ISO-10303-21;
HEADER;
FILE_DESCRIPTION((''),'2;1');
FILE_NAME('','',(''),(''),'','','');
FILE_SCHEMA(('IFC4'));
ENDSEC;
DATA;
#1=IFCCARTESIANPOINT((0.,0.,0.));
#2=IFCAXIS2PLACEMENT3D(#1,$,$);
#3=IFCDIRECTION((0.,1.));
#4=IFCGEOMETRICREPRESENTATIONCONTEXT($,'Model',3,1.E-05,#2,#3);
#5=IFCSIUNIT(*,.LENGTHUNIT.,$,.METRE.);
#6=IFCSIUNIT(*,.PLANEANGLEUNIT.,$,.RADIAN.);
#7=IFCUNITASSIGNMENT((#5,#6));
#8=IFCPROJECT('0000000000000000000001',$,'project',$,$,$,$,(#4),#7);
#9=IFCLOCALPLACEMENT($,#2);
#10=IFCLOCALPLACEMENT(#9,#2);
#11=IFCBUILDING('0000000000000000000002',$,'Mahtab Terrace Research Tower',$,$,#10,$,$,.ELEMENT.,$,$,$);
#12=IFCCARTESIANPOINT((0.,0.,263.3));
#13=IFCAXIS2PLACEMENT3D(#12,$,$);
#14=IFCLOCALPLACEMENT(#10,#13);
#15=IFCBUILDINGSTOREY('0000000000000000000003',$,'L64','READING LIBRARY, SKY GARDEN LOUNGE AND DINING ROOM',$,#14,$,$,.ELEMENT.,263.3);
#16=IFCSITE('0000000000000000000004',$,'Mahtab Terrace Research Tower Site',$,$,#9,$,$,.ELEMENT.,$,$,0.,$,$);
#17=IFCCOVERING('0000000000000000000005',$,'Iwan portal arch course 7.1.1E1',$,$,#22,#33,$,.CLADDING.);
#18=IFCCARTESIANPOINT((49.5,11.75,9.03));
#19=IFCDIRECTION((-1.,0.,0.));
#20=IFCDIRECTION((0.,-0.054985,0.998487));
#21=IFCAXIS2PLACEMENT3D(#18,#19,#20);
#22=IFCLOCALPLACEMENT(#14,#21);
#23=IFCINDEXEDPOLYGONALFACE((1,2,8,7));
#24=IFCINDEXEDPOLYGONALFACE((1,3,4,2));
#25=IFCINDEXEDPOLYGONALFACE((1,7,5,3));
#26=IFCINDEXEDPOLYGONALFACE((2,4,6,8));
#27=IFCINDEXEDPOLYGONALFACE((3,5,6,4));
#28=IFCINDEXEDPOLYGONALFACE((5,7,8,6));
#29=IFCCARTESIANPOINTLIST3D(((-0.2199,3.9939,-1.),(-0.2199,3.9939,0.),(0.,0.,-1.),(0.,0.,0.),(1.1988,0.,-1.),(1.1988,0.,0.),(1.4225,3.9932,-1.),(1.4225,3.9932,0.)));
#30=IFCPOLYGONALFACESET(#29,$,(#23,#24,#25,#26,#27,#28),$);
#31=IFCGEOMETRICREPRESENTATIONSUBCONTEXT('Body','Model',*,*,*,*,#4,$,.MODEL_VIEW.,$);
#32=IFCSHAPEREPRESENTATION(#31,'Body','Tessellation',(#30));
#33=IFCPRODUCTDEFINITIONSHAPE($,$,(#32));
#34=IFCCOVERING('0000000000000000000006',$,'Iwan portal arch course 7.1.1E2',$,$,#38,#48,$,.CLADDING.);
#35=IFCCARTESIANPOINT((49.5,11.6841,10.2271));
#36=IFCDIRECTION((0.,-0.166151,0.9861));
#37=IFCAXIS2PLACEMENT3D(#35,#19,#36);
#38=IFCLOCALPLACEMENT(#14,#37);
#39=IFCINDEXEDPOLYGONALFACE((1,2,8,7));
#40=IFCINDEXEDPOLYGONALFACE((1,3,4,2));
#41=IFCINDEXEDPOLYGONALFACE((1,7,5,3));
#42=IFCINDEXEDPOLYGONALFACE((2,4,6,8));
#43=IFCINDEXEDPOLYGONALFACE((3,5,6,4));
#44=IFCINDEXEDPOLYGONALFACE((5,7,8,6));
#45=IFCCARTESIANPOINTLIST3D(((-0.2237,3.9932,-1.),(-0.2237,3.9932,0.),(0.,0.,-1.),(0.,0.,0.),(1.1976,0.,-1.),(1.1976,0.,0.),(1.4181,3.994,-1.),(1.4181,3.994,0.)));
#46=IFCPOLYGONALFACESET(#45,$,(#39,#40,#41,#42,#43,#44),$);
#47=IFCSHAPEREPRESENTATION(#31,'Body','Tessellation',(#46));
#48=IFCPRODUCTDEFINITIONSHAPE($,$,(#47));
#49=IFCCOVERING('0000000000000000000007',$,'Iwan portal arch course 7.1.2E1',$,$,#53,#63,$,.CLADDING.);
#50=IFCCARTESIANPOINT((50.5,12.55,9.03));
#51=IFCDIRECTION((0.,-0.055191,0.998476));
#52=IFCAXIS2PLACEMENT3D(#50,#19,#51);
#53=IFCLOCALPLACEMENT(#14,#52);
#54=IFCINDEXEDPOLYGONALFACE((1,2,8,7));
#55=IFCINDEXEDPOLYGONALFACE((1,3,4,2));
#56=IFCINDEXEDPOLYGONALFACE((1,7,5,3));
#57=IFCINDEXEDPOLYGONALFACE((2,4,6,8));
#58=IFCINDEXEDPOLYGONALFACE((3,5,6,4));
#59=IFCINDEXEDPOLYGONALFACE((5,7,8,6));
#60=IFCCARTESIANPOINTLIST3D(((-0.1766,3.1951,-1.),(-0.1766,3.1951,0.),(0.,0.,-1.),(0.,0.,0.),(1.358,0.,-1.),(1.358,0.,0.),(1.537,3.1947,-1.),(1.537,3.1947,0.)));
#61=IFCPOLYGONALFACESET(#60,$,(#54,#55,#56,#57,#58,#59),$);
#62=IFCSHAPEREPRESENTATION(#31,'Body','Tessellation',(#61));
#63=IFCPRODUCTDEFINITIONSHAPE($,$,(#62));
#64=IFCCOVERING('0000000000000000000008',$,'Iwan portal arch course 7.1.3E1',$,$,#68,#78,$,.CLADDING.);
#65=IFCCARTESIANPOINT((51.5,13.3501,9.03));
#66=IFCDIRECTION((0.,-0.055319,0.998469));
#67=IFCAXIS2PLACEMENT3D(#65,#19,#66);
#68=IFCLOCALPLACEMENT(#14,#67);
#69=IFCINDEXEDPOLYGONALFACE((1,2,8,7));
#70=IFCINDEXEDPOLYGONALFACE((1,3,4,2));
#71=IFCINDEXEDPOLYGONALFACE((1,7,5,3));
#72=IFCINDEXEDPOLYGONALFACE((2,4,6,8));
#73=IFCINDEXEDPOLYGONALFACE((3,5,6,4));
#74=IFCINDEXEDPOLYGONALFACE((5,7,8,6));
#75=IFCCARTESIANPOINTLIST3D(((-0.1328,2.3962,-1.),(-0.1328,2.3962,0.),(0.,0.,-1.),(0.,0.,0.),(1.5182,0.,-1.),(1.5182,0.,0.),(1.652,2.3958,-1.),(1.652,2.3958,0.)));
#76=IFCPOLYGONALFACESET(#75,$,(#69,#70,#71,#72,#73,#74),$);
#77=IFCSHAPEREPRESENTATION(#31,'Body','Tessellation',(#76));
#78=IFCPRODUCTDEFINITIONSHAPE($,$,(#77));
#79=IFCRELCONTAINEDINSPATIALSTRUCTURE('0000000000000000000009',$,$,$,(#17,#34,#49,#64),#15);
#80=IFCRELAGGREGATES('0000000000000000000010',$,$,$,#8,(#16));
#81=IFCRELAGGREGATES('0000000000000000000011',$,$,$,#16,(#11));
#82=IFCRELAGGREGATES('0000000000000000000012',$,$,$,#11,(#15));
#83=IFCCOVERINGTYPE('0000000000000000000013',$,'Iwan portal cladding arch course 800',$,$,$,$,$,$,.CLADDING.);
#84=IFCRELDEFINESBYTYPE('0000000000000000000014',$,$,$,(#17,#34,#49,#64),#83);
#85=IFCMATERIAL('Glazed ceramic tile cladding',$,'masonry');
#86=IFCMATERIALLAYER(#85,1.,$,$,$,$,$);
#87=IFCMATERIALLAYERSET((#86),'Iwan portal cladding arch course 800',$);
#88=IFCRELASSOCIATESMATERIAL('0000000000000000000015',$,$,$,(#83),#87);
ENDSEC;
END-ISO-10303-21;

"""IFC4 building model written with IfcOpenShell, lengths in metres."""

from ifc_helpers import new_model, si_unit, direction, frame, origin, place, context, subcontext, project, spatial, polyline, outline, extrude, material, layer, layer_set, type_object, element, save


model = new_model("IFC4")

# Units and contexts
model_context = context("Model", 3, precision=1e-05, world=origin(), true_north=direction((0.0, 1.0)))
body_context = subcontext(model_context, "Body", "Model", "MODEL_VIEW")
ifc_project = project(units=[si_unit("LENGTHUNIT", "METRE"), si_unit("PLANEANGLEUNIT", "RADIAN")], contexts=[model_context])

# Site, building, storey
site_placement = place(None, origin())
site = spatial("IfcSite", under=ifc_project, at=site_placement, Name="Mahtab Terrace Research Tower Site", CompositionType="ELEMENT", RefElevation=0.0)
building_placement = place(site_placement, origin())
building = spatial("IfcBuilding", under=site, at=building_placement, Name="Mahtab Terrace Research Tower", CompositionType="ELEMENT")
storey_placement = place(building_placement, frame((0.0, 0.0, 263.3)))
storey = spatial("IfcBuildingStorey", under=building, at=storey_placement, Name="L64", Description="READING LIBRARY, SKY GARDEN LOUNGE AND DINING ROOM", CompositionType="ELEMENT", Elevation=263.3)

# Coverings
ifc_material_1 = material(Name="Glazed ceramic tile cladding", Category="masonry")
ifc_layer_1 = layer(ifc_material_1, 1.0)
ifc_layer_set_1 = layer_set([ifc_layer_1], Name="Iwan portal cladding arch course 800")
covering_type_1 = type_object("IfcCoveringType", Name="Iwan portal cladding arch course 800", PredefinedType="CLADDING", material=ifc_layer_set_1)
covering_1_placement = place(storey_placement, frame((49.5, 11.75, 9.03), z_axis=(-1.0, 0.0, 0.0), x_axis=(0.0, -0.054985, 0.998487)))
element("IfcCovering", 1, at=covering_1_placement, inside=storey, type_object=covering_type_1, Name="Iwan portal arch course 7.1.1E1", PredefinedType="CLADDING", context=body_context, shape_type="SweptSolid", body=[
    extrude(outline(polyline([(0.0, 0.0), (1.1988, 0.0), (1.4225, 3.9932), (-0.2199, 3.9939), (0.0, 0.0)])), origin(), (0.0, 0.0, -1.0), 1.0),
])
covering_2_placement = place(storey_placement, frame((49.5, 11.6841, 10.2271), z_axis=(-1.0, 0.0, 0.0), x_axis=(0.0, -0.166151, 0.9861)))
element("IfcCovering", 2, at=covering_2_placement, inside=storey, type_object=covering_type_1, Name="Iwan portal arch course 7.1.1E2", PredefinedType="CLADDING", context=body_context, shape_type="SweptSolid", body=[
    extrude(outline(polyline([(0.0, 0.0), (1.1976, 0.0), (1.4181, 3.994), (-0.2237, 3.9932), (0.0, 0.0)])), origin(), (0.0, 0.0, -1.0), 1.0),
])
covering_3_placement = place(storey_placement, frame((50.5, 12.55, 9.03), z_axis=(-1.0, 0.0, 0.0), x_axis=(0.0, -0.055191, 0.998476)))
element("IfcCovering", 3, at=covering_3_placement, inside=storey, type_object=covering_type_1, Name="Iwan portal arch course 7.1.2E1", PredefinedType="CLADDING", context=body_context, shape_type="SweptSolid", body=[
    extrude(outline(polyline([(0.0, 0.0), (1.358, 0.0), (1.537, 3.1947), (-0.1766, 3.1951), (0.0, 0.0)])), origin(), (0.0, 0.0, -1.0), 1.0),
])
covering_4_placement = place(storey_placement, frame((51.5, 13.3501, 9.03), z_axis=(-1.0, 0.0, 0.0), x_axis=(0.0, -0.055319, 0.998469)))
element("IfcCovering", 4, at=covering_4_placement, inside=storey, type_object=covering_type_1, Name="Iwan portal arch course 7.1.3E1", PredefinedType="CLADDING", context=body_context, shape_type="SweptSolid", body=[
    extrude(outline(polyline([(0.0, 0.0), (1.5182, 0.0), (1.652, 2.3958), (-0.1328, 2.3962), (0.0, 0.0)])), origin(), (0.0, 0.0, -1.0), 1.0),
])

save(model, "model.ifc")
